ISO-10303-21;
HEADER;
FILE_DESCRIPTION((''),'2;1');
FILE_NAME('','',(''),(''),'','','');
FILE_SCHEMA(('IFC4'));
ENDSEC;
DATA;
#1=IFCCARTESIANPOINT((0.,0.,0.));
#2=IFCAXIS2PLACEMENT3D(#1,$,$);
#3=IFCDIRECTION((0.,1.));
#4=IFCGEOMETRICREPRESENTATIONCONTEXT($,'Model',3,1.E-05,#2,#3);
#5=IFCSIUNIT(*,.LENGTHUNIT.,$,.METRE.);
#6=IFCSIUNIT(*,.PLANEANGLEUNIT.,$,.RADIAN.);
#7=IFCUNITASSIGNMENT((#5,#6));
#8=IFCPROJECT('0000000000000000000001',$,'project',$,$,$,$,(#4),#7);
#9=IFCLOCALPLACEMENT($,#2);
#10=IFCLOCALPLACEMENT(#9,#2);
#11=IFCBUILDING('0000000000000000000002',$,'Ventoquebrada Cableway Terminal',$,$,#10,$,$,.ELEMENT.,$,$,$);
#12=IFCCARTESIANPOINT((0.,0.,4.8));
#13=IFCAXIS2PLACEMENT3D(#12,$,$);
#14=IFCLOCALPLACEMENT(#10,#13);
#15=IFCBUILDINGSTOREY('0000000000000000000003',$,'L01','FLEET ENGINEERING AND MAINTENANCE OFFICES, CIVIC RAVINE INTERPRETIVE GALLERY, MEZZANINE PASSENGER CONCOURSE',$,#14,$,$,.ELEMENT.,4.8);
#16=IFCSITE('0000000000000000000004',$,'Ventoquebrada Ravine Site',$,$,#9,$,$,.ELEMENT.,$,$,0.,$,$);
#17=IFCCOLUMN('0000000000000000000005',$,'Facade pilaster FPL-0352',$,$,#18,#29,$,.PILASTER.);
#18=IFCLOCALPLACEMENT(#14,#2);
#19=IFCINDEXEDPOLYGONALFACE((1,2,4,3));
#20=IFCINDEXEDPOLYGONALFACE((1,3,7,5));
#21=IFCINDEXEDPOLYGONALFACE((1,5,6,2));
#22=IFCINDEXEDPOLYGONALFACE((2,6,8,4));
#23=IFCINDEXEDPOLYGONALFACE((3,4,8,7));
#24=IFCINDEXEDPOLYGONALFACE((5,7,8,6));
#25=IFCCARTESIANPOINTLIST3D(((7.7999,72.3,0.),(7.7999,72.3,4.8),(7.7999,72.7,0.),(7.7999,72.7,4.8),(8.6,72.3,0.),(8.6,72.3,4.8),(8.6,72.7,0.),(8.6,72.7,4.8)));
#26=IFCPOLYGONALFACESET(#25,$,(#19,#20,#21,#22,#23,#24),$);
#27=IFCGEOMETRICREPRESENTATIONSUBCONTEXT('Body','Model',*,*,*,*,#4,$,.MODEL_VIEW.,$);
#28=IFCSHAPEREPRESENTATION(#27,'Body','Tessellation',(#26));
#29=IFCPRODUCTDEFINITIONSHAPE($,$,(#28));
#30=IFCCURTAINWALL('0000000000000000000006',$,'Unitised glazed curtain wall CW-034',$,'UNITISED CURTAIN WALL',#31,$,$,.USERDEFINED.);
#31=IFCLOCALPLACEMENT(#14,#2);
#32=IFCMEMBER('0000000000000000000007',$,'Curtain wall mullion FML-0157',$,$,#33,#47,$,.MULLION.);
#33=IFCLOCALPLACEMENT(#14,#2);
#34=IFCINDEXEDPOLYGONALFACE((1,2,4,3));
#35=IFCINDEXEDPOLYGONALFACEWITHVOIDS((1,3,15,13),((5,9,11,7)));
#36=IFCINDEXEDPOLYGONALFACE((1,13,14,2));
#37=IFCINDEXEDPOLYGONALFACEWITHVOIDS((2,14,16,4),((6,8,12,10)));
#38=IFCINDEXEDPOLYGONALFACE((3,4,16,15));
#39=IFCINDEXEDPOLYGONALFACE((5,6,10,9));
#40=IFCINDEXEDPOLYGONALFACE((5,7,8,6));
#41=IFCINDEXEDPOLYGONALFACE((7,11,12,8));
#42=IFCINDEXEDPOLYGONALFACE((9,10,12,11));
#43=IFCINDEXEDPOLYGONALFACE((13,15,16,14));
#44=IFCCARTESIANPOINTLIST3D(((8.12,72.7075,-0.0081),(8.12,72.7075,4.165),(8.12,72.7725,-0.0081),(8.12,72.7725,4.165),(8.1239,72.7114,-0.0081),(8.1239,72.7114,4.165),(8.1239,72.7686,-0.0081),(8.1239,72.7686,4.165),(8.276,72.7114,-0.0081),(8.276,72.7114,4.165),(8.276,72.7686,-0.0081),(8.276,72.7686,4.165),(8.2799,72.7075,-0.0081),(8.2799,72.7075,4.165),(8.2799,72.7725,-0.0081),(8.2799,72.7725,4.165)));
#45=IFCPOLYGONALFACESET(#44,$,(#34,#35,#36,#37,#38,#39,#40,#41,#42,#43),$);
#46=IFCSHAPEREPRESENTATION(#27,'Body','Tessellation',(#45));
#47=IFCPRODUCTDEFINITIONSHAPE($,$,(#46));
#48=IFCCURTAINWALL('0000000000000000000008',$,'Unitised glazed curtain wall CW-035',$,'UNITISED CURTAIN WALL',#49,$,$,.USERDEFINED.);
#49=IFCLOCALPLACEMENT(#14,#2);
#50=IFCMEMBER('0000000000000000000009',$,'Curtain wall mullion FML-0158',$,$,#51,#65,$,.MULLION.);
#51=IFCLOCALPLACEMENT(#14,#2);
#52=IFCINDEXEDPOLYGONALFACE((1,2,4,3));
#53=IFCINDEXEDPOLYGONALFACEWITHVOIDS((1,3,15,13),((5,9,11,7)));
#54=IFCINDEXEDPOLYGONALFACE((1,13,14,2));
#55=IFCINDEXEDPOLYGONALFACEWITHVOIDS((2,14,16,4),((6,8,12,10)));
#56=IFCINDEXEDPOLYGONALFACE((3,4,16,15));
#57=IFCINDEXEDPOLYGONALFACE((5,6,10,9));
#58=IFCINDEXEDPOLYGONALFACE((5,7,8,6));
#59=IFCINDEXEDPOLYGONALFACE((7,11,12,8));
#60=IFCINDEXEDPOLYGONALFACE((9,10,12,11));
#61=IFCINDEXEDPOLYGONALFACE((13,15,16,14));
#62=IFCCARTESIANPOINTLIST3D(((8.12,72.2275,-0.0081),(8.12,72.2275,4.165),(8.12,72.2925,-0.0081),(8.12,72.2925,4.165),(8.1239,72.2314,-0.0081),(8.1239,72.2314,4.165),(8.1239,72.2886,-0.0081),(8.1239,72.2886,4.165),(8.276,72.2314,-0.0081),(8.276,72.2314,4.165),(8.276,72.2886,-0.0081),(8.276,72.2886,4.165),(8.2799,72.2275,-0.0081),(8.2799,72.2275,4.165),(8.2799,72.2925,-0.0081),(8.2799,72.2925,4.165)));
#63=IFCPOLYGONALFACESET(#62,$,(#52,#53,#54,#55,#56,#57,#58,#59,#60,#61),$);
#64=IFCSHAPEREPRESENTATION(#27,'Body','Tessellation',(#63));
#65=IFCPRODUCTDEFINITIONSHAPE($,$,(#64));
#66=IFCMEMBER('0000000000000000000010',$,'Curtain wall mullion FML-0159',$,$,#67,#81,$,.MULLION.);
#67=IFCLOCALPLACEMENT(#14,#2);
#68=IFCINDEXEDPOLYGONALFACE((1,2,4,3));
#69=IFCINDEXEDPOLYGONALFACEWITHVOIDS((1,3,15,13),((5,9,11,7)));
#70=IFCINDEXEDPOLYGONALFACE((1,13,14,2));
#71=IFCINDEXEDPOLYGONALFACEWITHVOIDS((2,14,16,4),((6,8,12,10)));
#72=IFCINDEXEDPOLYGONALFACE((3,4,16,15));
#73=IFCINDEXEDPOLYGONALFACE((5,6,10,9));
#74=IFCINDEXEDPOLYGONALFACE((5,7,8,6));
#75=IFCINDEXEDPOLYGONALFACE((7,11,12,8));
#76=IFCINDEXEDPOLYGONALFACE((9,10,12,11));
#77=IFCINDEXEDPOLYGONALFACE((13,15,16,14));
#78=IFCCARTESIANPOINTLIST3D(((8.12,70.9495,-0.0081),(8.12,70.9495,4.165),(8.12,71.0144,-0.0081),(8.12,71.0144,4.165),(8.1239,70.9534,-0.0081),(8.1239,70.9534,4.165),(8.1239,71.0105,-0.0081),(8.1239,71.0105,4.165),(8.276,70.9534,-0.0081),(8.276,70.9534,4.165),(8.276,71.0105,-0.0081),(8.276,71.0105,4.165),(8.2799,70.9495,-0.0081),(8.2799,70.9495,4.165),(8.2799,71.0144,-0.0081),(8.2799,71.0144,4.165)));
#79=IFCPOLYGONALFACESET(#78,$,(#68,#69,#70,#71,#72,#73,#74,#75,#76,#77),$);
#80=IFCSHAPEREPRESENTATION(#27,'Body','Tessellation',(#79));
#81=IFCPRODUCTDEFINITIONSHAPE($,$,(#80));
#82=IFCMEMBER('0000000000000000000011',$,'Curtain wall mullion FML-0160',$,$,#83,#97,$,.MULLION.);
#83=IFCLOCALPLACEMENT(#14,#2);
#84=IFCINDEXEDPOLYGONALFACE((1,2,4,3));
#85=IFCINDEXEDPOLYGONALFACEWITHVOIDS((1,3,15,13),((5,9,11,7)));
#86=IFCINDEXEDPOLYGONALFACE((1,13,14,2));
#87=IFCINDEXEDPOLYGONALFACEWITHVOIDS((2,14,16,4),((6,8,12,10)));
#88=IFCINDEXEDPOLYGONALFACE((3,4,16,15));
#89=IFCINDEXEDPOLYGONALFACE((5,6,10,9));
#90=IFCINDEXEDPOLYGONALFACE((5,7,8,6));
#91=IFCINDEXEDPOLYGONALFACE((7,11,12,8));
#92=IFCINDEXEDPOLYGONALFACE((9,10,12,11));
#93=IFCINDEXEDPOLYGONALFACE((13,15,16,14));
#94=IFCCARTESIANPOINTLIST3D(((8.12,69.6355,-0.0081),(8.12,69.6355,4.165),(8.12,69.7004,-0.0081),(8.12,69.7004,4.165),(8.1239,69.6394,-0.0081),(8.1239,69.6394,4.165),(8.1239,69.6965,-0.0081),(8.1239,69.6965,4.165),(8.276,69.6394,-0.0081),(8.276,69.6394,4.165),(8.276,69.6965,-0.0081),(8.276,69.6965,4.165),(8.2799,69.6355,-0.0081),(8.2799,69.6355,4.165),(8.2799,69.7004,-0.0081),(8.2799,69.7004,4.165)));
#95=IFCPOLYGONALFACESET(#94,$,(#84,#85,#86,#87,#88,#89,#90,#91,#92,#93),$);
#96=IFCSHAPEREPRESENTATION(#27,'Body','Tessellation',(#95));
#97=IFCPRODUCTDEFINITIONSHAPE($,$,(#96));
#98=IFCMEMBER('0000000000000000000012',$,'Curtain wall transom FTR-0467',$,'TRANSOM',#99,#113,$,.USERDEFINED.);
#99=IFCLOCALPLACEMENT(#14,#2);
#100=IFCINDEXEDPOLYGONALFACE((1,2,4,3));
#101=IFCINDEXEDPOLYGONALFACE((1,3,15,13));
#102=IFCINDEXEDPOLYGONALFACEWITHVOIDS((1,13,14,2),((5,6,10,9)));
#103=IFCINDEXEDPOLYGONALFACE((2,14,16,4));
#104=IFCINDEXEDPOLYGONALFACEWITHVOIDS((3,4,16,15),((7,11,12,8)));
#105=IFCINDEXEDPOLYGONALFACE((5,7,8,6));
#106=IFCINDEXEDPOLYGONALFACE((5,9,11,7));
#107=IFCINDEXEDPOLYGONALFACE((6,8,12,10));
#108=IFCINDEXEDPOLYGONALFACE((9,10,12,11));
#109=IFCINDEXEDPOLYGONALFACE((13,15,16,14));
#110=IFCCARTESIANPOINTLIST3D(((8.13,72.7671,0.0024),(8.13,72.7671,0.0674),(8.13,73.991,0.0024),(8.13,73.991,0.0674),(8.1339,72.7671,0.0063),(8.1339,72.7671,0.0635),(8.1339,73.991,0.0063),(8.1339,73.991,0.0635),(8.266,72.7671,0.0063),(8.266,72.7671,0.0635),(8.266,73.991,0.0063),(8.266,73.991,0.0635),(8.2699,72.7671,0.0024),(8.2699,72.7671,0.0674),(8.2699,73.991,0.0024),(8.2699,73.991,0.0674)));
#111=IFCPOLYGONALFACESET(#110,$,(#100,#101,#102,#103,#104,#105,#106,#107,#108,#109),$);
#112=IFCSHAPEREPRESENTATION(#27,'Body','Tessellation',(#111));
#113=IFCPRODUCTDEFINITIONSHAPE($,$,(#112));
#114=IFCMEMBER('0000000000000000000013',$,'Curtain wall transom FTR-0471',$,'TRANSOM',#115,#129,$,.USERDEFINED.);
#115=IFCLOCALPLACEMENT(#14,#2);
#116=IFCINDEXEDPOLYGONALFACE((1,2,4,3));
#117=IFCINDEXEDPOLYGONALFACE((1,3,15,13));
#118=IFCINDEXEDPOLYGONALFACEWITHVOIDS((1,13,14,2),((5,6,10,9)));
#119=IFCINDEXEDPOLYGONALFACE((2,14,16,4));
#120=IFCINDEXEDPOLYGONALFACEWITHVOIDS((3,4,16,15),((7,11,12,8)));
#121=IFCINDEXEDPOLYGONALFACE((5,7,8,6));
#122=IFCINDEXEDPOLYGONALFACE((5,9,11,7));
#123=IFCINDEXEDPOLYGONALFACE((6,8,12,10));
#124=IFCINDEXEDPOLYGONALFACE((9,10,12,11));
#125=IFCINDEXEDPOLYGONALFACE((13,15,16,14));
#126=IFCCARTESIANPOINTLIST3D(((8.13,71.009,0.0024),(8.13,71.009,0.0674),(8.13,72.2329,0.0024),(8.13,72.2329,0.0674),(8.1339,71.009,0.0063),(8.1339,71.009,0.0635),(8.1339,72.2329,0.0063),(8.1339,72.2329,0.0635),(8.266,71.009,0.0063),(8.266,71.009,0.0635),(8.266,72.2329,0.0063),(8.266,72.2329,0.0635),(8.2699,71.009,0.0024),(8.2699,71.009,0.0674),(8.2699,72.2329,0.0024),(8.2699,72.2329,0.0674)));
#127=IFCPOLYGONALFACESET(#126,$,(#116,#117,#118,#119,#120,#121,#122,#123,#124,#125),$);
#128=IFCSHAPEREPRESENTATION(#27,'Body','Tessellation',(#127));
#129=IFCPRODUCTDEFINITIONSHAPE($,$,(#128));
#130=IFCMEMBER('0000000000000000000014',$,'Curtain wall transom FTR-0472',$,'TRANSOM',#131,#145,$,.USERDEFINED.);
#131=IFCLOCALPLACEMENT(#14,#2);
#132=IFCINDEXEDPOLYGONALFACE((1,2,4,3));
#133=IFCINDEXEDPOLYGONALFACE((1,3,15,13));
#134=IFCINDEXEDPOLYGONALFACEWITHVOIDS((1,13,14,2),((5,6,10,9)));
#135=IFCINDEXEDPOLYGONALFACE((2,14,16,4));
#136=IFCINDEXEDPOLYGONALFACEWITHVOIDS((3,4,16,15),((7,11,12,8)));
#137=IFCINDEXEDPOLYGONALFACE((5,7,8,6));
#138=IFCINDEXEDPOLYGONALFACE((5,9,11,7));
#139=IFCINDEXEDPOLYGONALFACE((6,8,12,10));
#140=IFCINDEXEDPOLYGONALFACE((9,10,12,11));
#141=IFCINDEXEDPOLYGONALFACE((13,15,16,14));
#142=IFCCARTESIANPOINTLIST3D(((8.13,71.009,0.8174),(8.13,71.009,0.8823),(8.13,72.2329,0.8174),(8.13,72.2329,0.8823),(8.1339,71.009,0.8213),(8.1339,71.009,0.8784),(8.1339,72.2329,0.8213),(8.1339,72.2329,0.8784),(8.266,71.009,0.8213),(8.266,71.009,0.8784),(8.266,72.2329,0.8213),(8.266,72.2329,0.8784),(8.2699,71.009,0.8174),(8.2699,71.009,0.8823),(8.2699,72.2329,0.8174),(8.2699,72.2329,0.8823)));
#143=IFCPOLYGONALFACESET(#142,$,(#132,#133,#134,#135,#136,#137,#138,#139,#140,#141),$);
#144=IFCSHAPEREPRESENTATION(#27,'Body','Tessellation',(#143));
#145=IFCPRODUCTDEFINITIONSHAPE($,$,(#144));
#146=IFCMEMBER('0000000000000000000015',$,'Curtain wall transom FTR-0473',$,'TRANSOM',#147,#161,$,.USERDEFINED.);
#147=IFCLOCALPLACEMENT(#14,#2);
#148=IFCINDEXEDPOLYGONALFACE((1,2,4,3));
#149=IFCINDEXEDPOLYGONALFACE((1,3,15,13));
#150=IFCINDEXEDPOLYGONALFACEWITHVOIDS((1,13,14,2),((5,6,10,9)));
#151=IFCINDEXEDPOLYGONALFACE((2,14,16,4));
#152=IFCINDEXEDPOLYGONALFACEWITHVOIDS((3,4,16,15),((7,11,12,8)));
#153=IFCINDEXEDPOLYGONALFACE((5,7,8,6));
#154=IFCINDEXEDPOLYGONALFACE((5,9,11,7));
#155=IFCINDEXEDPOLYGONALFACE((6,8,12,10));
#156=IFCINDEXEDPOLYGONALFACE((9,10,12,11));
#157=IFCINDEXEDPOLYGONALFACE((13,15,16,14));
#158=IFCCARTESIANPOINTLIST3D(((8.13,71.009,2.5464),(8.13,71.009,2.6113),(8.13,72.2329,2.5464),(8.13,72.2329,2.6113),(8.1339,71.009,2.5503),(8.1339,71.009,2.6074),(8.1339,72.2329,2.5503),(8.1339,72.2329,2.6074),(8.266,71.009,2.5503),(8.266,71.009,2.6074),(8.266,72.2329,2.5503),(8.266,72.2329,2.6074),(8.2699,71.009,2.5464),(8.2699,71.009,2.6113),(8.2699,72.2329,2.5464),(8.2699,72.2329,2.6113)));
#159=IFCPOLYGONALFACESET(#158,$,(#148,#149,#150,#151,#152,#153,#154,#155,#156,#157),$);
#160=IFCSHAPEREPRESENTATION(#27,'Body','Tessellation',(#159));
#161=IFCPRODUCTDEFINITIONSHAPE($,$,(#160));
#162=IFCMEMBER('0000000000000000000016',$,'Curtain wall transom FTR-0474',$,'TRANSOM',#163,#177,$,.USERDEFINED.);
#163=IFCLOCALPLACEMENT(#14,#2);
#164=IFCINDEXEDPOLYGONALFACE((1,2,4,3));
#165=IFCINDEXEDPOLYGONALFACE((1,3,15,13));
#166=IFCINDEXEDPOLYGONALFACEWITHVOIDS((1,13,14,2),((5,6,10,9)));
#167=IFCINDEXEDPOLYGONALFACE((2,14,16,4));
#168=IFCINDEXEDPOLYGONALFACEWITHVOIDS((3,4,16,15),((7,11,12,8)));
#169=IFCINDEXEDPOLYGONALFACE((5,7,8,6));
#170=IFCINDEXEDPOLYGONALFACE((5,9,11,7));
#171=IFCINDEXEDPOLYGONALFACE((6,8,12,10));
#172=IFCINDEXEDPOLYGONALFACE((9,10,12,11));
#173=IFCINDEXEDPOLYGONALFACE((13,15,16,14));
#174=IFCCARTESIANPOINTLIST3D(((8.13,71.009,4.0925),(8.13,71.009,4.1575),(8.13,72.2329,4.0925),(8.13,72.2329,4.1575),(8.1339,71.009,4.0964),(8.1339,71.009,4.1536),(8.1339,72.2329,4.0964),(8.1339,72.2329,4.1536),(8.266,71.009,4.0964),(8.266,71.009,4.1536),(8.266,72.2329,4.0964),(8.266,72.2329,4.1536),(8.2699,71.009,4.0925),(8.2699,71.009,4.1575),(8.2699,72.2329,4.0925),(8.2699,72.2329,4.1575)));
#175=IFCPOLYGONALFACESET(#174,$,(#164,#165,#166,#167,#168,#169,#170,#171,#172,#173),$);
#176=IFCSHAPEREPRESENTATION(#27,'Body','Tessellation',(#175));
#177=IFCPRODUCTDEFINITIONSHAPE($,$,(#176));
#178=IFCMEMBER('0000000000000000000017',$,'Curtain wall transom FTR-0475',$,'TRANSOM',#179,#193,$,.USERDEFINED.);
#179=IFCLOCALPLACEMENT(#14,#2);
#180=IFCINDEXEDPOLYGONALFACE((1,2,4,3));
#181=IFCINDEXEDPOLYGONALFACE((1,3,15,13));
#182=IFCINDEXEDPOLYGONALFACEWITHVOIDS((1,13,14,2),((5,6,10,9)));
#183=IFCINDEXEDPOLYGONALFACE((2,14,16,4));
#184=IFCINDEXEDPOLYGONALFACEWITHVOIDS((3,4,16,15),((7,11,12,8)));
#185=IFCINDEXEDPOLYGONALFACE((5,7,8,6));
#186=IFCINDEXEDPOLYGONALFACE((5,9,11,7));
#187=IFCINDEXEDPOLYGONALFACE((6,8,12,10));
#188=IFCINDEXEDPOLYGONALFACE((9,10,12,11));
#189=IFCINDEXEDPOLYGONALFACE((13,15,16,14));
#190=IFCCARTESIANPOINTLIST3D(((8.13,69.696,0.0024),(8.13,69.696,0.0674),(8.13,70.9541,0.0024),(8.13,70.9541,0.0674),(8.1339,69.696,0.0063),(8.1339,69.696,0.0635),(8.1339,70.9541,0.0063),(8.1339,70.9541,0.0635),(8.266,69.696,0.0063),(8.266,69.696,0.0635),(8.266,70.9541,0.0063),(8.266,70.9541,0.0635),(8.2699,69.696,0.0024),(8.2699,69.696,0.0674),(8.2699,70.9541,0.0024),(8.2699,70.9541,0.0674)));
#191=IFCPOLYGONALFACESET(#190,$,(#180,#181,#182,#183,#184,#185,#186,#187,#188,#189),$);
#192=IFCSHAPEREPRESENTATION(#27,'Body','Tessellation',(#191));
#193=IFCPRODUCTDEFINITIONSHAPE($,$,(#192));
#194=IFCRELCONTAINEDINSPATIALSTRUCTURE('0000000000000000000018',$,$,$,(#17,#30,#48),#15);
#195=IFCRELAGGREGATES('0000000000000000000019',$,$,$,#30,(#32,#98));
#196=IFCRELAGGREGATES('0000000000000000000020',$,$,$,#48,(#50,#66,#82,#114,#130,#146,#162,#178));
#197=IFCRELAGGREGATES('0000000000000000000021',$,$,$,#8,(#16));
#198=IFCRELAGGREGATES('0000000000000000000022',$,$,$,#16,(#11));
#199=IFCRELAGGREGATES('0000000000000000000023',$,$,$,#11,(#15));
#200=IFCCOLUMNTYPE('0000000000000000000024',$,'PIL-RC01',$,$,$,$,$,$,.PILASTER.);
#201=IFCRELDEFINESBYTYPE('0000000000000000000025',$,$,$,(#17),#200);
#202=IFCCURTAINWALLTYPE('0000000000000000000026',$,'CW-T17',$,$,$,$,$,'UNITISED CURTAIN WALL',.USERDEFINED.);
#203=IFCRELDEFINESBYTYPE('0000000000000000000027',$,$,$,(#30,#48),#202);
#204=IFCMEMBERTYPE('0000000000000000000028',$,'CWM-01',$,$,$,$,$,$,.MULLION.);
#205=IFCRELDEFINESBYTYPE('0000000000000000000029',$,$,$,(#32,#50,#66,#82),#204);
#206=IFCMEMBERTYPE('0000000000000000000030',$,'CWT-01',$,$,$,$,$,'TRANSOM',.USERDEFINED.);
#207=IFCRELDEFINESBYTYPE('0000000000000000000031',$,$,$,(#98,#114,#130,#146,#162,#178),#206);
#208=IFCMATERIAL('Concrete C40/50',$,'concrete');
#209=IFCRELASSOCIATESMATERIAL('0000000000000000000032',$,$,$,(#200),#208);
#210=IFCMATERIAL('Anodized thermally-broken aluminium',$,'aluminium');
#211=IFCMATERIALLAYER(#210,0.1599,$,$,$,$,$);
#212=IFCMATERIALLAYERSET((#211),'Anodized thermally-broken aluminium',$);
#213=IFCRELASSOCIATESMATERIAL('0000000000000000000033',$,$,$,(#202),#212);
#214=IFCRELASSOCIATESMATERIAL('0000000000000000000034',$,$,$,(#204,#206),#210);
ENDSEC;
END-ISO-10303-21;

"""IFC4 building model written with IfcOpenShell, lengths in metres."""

from ifc_helpers import new_model, si_unit, direction, frame, origin, origin_2d, place, context, subcontext, project, spatial, rectangle, hollow_rectangle, extrude, material, layer, layer_set, material_profile, profile_set, type_object, element, aggregate, save


model = new_model("IFC4")

# Units and contexts
model_context = context("Model", 3, precision=1e-05, world=origin(), true_north=direction((0.0, 1.0)))
body_context = subcontext(model_context, "Body", "Model", "MODEL_VIEW")
ifc_project = project(units=[si_unit("LENGTHUNIT", "METRE"), si_unit("PLANEANGLEUNIT", "RADIAN")], contexts=[model_context])

# Site, building, storey
site_placement = place(None, origin())
site = spatial("IfcSite", under=ifc_project, at=site_placement, Name="Ventoquebrada Ravine Site", CompositionType="ELEMENT", RefElevation=0.0)
building_placement = place(site_placement, origin())
building = spatial("IfcBuilding", under=site, at=building_placement, Name="Ventoquebrada Cableway Terminal", CompositionType="ELEMENT")
storey_placement = place(building_placement, frame((0.0, 0.0, 4.8)))
storey = spatial("IfcBuildingStorey", under=building, at=storey_placement, Name="L01", Description="FLEET ENGINEERING AND MAINTENANCE OFFICES, CIVIC RAVINE INTERPRETIVE GALLERY, MEZZANINE PASSENGER CONCOURSE", CompositionType="ELEMENT", Elevation=4.8)

# Column
ifc_material_1 = material(Name="Concrete C40/50", Category="concrete")
ifc_material_profile_1 = material_profile(ifc_material_1, rectangle(XDim=0.3999, YDim=0.8, at=origin_2d()), Name="RC-PIL-400X800")
ifc_profile_set_1 = profile_set([ifc_material_profile_1], Name="Concrete C40/50")
column_type = type_object("IfcColumnType", Name="PIL-RC01", PredefinedType="PILASTER", material=ifc_profile_set_1)
column_placement = place(storey_placement, frame((8.2, 72.5, 0.0), z_axis=(0.0, 0.0, 1.0), x_axis=(0.0, 1.0, 0.0)))
element("IfcColumn", 1, at=column_placement, inside=storey, type_object=column_type, Name="Facade pilaster FPL-0352", PredefinedType="PILASTER", context=body_context, shape_type="SweptSolid", body=[
    extrude(rectangle(XDim=0.3999, YDim=0.8, at=origin_2d()), origin(), (0.0, 0.0, 1.0), 4.8),
])

# Curtain wall, member
ifc_material_2 = material(Name="Anodized thermally-broken aluminium", Category="aluminium")
ifc_layer_1 = layer(ifc_material_2, 0.1599)
ifc_layer_set_1 = layer_set([ifc_layer_1], Name="Anodized thermally-broken aluminium")
curtain_wall_type = type_object("IfcCurtainWallType", Name="CW-T17", ElementType="UNITISED CURTAIN WALL", PredefinedType="USERDEFINED", material=ifc_layer_set_1)
curtain_wall_1_placement = place(storey_placement, origin())
curtain_wall_1 = element("IfcCurtainWall", 2, at=curtain_wall_1_placement, inside=storey, type_object=curtain_wall_type, Name="Unitised glazed curtain wall CW-034", ObjectType="UNITISED CURTAIN WALL", PredefinedType="USERDEFINED")
ifc_material_profile_2 = material_profile(ifc_material_2, hollow_rectangle(XDim=0.0649, YDim=0.1599, WallThickness=0.0039, at=origin_2d()), Name="CW-MUL-65X160")
ifc_profile_set_2 = profile_set([ifc_material_profile_2], Name="Anodized thermally-broken aluminium")
member_type_1 = type_object("IfcMemberType", Name="CWM-01", PredefinedType="MULLION", material=ifc_profile_set_2)
member_1_placement = place(storey_placement, frame((8.2, 72.74, -0.0081), z_axis=(0.0, 0.0, 1.0), x_axis=(0.0, -1.0, 0.0)))
member_1 = element("IfcMember", 3, at=member_1_placement, type_object=member_type_1, Name="Curtain wall mullion FML-0157", PredefinedType="MULLION", context=body_context, shape_type="SweptSolid", body=[
    extrude(hollow_rectangle(XDim=0.0649, YDim=0.1599, WallThickness=0.0039, at=origin_2d()), origin(), (0.0, 0.0, 1.0), 4.1731),
])

# Curtain wall, members
curtain_wall_2_placement = place(storey_placement, origin())
curtain_wall_2 = element("IfcCurtainWall", 4, at=curtain_wall_2_placement, inside=storey, type_object=curtain_wall_type, Name="Unitised glazed curtain wall CW-035", ObjectType="UNITISED CURTAIN WALL", PredefinedType="USERDEFINED")
member_2_placement = place(storey_placement, frame((8.2, 72.26, -0.0081), z_axis=(0.0, 0.0, 1.0), x_axis=(0.0, -1.0, 0.0)))
member_2 = element("IfcMember", 5, at=member_2_placement, type_object=member_type_1, Name="Curtain wall mullion FML-0158", PredefinedType="MULLION", context=body_context, shape_type="SweptSolid", body=[
    extrude(hollow_rectangle(XDim=0.0649, YDim=0.1599, WallThickness=0.0039, at=origin_2d()), origin(), (0.0, 0.0, 1.0), 4.1731),
])
member_3_placement = place(storey_placement, frame((8.2, 70.9819, -0.0081), z_axis=(0.0, 0.0, 1.0), x_axis=(0.0, -1.0, 0.0)))
member_3 = element("IfcMember", 6, at=member_3_placement, type_object=member_type_1, Name="Curtain wall mullion FML-0159", PredefinedType="MULLION", context=body_context, shape_type="SweptSolid", body=[
    extrude(hollow_rectangle(XDim=0.0649, YDim=0.1599, WallThickness=0.0039, at=origin_2d()), origin(), (0.0, 0.0, 1.0), 4.1731),
])
member_4_placement = place(storey_placement, frame((8.2, 69.668, -0.0081), z_axis=(0.0, 0.0, 1.0), x_axis=(0.0, -1.0, 0.0)))
member_4 = element("IfcMember", 7, at=member_4_placement, type_object=member_type_1, Name="Curtain wall mullion FML-0160", PredefinedType="MULLION", context=body_context, shape_type="SweptSolid", body=[
    extrude(hollow_rectangle(XDim=0.0649, YDim=0.1599, WallThickness=0.0039, at=origin_2d()), origin(), (0.0, 0.0, 1.0), 4.1731),
])

# Members
ifc_material_profile_3 = material_profile(ifc_material_2, hollow_rectangle(XDim=0.0649, YDim=0.1399, WallThickness=0.0039, at=origin_2d()), Name="CW-TRN-65X140")
ifc_profile_set_3 = profile_set([ifc_material_profile_3], Name="Anodized thermally-broken aluminium")
member_type_2 = type_object("IfcMemberType", Name="CWT-01", ElementType="TRANSOM", PredefinedType="USERDEFINED", material=ifc_profile_set_3)
member_5_placement = place(storey_placement, frame((8.2, 73.991, 0.0349), z_axis=(0.0, -1.0, 0.0), x_axis=(0.0, 0.0, 1.0)))
member_5 = element("IfcMember", 8, at=member_5_placement, type_object=member_type_2, Name="Curtain wall transom FTR-0467", ObjectType="TRANSOM", PredefinedType="USERDEFINED", context=body_context, shape_type="SweptSolid", body=[
    extrude(hollow_rectangle(XDim=0.0649, YDim=0.1399, WallThickness=0.0039, at=origin_2d()), origin(), (0.0, 0.0, 1.0), 1.2239),
])
member_6_placement = place(storey_placement, frame((8.2, 72.2329, 0.0349), z_axis=(0.0, -1.0, 0.0), x_axis=(0.0, 0.0, 1.0)))
member_6 = element("IfcMember", 9, at=member_6_placement, type_object=member_type_2, Name="Curtain wall transom FTR-0471", ObjectType="TRANSOM", PredefinedType="USERDEFINED", context=body_context, shape_type="SweptSolid", body=[
    extrude(hollow_rectangle(XDim=0.0649, YDim=0.1399, WallThickness=0.0039, at=origin_2d()), origin(), (0.0, 0.0, 1.0), 1.2239),
])
member_7_placement = place(storey_placement, frame((8.2, 72.2329, 0.8499), z_axis=(0.0, -1.0, 0.0), x_axis=(0.0, 0.0, 1.0)))
member_7 = element("IfcMember", 10, at=member_7_placement, type_object=member_type_2, Name="Curtain wall transom FTR-0472", ObjectType="TRANSOM", PredefinedType="USERDEFINED", context=body_context, shape_type="SweptSolid", body=[
    extrude(hollow_rectangle(XDim=0.0649, YDim=0.1399, WallThickness=0.0039, at=origin_2d()), origin(), (0.0, 0.0, 1.0), 1.2239),
])
member_8_placement = place(storey_placement, frame((8.2, 72.2329, 2.5789), z_axis=(0.0, -1.0, 0.0), x_axis=(0.0, 0.0, 1.0)))
member_8 = element("IfcMember", 11, at=member_8_placement, type_object=member_type_2, Name="Curtain wall transom FTR-0473", ObjectType="TRANSOM", PredefinedType="USERDEFINED", context=body_context, shape_type="SweptSolid", body=[
    extrude(hollow_rectangle(XDim=0.0649, YDim=0.1399, WallThickness=0.0039, at=origin_2d()), origin(), (0.0, 0.0, 1.0), 1.2239),
])
member_9_placement = place(storey_placement, frame((8.2, 72.2329, 4.125), z_axis=(0.0, -1.0, 0.0), x_axis=(0.0, 0.0, 1.0)))
member_9 = element("IfcMember", 12, at=member_9_placement, type_object=member_type_2, Name="Curtain wall transom FTR-0474", ObjectType="TRANSOM", PredefinedType="USERDEFINED", context=body_context, shape_type="SweptSolid", body=[
    extrude(hollow_rectangle(XDim=0.0649, YDim=0.1399, WallThickness=0.0039, at=origin_2d()), origin(), (0.0, 0.0, 1.0), 1.2239),
])
member_10_placement = place(storey_placement, frame((8.2, 70.9541, 0.0349), z_axis=(0.0, -1.0, 0.0), x_axis=(0.0, 0.0, 1.0)))
member_10 = element("IfcMember", 13, at=member_10_placement, type_object=member_type_2, Name="Curtain wall transom FTR-0475", ObjectType="TRANSOM", PredefinedType="USERDEFINED", context=body_context, shape_type="SweptSolid", body=[
    extrude(hollow_rectangle(XDim=0.0649, YDim=0.1399, WallThickness=0.0039, at=origin_2d()), origin(), (0.0, 0.0, 1.0), 1.2581),
])

aggregate(curtain_wall_1, [member_1, member_5])
aggregate(curtain_wall_2, [member_2, member_3, member_4, member_6, member_7, member_8, member_9, member_10])

save(model, "model.ifc")
